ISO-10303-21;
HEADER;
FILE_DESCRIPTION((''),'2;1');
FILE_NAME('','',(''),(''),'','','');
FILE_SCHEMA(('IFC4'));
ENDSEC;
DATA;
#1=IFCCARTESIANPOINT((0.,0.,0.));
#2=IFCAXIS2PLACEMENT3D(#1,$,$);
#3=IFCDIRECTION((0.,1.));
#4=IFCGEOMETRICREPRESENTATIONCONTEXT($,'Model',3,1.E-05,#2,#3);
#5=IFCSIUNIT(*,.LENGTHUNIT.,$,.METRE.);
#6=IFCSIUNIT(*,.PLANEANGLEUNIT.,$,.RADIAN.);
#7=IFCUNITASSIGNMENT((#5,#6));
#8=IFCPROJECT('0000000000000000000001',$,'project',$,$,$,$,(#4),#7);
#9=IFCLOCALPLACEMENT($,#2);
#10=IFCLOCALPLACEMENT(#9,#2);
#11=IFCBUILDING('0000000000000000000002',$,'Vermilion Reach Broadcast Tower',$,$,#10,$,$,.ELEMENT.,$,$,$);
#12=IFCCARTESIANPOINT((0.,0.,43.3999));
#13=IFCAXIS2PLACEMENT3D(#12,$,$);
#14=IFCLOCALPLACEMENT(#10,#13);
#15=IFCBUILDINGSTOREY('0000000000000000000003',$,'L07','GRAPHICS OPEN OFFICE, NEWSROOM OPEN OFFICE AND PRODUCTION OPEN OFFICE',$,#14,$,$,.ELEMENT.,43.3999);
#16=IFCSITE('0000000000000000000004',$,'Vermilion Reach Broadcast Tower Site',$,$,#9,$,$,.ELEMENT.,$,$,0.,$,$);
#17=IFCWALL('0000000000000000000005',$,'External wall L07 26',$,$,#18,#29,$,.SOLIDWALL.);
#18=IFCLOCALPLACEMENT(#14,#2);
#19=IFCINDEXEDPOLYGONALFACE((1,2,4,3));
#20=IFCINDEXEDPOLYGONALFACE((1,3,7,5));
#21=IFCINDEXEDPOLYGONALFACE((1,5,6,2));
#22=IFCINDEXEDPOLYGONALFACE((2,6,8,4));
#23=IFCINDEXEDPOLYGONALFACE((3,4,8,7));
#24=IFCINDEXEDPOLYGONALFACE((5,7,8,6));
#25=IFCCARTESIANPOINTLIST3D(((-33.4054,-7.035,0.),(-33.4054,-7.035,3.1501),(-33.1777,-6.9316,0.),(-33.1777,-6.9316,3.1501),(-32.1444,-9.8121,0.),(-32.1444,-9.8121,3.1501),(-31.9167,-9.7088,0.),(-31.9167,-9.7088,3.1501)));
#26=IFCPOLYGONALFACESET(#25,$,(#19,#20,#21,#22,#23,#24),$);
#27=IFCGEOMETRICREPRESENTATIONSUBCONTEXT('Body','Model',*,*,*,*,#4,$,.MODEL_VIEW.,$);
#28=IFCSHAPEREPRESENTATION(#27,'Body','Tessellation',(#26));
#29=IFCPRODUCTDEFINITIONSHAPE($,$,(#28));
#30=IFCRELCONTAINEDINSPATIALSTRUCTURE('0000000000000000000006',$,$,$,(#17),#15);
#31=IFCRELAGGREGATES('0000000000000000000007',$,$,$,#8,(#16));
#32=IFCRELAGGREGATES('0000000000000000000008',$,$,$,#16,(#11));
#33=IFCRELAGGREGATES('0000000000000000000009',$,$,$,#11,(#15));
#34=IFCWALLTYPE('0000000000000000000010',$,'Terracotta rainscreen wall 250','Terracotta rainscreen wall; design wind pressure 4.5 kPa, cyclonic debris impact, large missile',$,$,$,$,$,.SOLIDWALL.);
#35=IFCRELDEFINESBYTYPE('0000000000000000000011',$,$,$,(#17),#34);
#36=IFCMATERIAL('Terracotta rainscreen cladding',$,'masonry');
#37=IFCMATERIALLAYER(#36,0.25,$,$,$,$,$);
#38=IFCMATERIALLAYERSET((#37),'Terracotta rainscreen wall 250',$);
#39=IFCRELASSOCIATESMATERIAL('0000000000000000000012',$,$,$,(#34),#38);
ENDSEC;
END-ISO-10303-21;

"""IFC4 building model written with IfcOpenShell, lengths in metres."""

from ifc_helpers import new_model, si_unit, direction, frame, frame_2d, origin, place, context, subcontext, project, spatial, rectangle, extrude, material, layer, layer_set, type_object, element, save


model = new_model("IFC4")

# Units and contexts
model_context = context("Model", 3, precision=1e-05, world=origin(), true_north=direction((0.0, 1.0)))
body_context = subcontext(model_context, "Body", "Model", "MODEL_VIEW")
ifc_project = project(units=[si_unit("LENGTHUNIT", "METRE"), si_unit("PLANEANGLEUNIT", "RADIAN")], contexts=[model_context])

# Site, building, storey
site_placement = place(None, origin())
site = spatial("IfcSite", under=ifc_project, at=site_placement, Name="Vermilion Reach Broadcast Tower Site", CompositionType="ELEMENT", RefElevation=0.0)
building_placement = place(site_placement, origin())
building = spatial("IfcBuilding", under=site, at=building_placement, Name="Vermilion Reach Broadcast Tower", CompositionType="ELEMENT")
storey_placement = place(building_placement, frame((0.0, 0.0, 43.3999)))
storey = spatial("IfcBuildingStorey", under=building, at=storey_placement, Name="L07", Description="GRAPHICS OPEN OFFICE, NEWSROOM OPEN OFFICE AND PRODUCTION OPEN OFFICE", CompositionType="ELEMENT", Elevation=43.3999)

# Wall
ifc_material_1 = material(Name="Terracotta rainscreen cladding", Category="masonry")
ifc_layer_1 = layer(ifc_material_1, 0.25)
ifc_layer_set_1 = layer_set([ifc_layer_1], Name="Terracotta rainscreen wall 250")
wall_type_1 = type_object("IfcWallType", Name="Terracotta rainscreen wall 250", Description="Terracotta rainscreen wall; design wind pressure 4.5 kPa, cyclonic debris impact, large missile", PredefinedType="SOLIDWALL", material=ifc_layer_set_1)
wall_1_placement = place(storey_placement, frame((-33.2915, -6.9834, 0.0), z_axis=(0.0, 0.0, 1.0), x_axis=(0.413441, -0.910531, 0.0)))
element("IfcWall", 1, at=wall_1_placement, inside=storey, type_object=wall_type_1, Name="External wall L07 26", PredefinedType="SOLIDWALL", context=body_context, shape_type="SweptSolid", body=[
    extrude(rectangle(XDim=3.05, YDim=0.25, at=frame_2d((1.5249, 0.0))), origin(), (0.0, 0.0, 1.0), 3.1501),
])

save(model, "model.ifc")
